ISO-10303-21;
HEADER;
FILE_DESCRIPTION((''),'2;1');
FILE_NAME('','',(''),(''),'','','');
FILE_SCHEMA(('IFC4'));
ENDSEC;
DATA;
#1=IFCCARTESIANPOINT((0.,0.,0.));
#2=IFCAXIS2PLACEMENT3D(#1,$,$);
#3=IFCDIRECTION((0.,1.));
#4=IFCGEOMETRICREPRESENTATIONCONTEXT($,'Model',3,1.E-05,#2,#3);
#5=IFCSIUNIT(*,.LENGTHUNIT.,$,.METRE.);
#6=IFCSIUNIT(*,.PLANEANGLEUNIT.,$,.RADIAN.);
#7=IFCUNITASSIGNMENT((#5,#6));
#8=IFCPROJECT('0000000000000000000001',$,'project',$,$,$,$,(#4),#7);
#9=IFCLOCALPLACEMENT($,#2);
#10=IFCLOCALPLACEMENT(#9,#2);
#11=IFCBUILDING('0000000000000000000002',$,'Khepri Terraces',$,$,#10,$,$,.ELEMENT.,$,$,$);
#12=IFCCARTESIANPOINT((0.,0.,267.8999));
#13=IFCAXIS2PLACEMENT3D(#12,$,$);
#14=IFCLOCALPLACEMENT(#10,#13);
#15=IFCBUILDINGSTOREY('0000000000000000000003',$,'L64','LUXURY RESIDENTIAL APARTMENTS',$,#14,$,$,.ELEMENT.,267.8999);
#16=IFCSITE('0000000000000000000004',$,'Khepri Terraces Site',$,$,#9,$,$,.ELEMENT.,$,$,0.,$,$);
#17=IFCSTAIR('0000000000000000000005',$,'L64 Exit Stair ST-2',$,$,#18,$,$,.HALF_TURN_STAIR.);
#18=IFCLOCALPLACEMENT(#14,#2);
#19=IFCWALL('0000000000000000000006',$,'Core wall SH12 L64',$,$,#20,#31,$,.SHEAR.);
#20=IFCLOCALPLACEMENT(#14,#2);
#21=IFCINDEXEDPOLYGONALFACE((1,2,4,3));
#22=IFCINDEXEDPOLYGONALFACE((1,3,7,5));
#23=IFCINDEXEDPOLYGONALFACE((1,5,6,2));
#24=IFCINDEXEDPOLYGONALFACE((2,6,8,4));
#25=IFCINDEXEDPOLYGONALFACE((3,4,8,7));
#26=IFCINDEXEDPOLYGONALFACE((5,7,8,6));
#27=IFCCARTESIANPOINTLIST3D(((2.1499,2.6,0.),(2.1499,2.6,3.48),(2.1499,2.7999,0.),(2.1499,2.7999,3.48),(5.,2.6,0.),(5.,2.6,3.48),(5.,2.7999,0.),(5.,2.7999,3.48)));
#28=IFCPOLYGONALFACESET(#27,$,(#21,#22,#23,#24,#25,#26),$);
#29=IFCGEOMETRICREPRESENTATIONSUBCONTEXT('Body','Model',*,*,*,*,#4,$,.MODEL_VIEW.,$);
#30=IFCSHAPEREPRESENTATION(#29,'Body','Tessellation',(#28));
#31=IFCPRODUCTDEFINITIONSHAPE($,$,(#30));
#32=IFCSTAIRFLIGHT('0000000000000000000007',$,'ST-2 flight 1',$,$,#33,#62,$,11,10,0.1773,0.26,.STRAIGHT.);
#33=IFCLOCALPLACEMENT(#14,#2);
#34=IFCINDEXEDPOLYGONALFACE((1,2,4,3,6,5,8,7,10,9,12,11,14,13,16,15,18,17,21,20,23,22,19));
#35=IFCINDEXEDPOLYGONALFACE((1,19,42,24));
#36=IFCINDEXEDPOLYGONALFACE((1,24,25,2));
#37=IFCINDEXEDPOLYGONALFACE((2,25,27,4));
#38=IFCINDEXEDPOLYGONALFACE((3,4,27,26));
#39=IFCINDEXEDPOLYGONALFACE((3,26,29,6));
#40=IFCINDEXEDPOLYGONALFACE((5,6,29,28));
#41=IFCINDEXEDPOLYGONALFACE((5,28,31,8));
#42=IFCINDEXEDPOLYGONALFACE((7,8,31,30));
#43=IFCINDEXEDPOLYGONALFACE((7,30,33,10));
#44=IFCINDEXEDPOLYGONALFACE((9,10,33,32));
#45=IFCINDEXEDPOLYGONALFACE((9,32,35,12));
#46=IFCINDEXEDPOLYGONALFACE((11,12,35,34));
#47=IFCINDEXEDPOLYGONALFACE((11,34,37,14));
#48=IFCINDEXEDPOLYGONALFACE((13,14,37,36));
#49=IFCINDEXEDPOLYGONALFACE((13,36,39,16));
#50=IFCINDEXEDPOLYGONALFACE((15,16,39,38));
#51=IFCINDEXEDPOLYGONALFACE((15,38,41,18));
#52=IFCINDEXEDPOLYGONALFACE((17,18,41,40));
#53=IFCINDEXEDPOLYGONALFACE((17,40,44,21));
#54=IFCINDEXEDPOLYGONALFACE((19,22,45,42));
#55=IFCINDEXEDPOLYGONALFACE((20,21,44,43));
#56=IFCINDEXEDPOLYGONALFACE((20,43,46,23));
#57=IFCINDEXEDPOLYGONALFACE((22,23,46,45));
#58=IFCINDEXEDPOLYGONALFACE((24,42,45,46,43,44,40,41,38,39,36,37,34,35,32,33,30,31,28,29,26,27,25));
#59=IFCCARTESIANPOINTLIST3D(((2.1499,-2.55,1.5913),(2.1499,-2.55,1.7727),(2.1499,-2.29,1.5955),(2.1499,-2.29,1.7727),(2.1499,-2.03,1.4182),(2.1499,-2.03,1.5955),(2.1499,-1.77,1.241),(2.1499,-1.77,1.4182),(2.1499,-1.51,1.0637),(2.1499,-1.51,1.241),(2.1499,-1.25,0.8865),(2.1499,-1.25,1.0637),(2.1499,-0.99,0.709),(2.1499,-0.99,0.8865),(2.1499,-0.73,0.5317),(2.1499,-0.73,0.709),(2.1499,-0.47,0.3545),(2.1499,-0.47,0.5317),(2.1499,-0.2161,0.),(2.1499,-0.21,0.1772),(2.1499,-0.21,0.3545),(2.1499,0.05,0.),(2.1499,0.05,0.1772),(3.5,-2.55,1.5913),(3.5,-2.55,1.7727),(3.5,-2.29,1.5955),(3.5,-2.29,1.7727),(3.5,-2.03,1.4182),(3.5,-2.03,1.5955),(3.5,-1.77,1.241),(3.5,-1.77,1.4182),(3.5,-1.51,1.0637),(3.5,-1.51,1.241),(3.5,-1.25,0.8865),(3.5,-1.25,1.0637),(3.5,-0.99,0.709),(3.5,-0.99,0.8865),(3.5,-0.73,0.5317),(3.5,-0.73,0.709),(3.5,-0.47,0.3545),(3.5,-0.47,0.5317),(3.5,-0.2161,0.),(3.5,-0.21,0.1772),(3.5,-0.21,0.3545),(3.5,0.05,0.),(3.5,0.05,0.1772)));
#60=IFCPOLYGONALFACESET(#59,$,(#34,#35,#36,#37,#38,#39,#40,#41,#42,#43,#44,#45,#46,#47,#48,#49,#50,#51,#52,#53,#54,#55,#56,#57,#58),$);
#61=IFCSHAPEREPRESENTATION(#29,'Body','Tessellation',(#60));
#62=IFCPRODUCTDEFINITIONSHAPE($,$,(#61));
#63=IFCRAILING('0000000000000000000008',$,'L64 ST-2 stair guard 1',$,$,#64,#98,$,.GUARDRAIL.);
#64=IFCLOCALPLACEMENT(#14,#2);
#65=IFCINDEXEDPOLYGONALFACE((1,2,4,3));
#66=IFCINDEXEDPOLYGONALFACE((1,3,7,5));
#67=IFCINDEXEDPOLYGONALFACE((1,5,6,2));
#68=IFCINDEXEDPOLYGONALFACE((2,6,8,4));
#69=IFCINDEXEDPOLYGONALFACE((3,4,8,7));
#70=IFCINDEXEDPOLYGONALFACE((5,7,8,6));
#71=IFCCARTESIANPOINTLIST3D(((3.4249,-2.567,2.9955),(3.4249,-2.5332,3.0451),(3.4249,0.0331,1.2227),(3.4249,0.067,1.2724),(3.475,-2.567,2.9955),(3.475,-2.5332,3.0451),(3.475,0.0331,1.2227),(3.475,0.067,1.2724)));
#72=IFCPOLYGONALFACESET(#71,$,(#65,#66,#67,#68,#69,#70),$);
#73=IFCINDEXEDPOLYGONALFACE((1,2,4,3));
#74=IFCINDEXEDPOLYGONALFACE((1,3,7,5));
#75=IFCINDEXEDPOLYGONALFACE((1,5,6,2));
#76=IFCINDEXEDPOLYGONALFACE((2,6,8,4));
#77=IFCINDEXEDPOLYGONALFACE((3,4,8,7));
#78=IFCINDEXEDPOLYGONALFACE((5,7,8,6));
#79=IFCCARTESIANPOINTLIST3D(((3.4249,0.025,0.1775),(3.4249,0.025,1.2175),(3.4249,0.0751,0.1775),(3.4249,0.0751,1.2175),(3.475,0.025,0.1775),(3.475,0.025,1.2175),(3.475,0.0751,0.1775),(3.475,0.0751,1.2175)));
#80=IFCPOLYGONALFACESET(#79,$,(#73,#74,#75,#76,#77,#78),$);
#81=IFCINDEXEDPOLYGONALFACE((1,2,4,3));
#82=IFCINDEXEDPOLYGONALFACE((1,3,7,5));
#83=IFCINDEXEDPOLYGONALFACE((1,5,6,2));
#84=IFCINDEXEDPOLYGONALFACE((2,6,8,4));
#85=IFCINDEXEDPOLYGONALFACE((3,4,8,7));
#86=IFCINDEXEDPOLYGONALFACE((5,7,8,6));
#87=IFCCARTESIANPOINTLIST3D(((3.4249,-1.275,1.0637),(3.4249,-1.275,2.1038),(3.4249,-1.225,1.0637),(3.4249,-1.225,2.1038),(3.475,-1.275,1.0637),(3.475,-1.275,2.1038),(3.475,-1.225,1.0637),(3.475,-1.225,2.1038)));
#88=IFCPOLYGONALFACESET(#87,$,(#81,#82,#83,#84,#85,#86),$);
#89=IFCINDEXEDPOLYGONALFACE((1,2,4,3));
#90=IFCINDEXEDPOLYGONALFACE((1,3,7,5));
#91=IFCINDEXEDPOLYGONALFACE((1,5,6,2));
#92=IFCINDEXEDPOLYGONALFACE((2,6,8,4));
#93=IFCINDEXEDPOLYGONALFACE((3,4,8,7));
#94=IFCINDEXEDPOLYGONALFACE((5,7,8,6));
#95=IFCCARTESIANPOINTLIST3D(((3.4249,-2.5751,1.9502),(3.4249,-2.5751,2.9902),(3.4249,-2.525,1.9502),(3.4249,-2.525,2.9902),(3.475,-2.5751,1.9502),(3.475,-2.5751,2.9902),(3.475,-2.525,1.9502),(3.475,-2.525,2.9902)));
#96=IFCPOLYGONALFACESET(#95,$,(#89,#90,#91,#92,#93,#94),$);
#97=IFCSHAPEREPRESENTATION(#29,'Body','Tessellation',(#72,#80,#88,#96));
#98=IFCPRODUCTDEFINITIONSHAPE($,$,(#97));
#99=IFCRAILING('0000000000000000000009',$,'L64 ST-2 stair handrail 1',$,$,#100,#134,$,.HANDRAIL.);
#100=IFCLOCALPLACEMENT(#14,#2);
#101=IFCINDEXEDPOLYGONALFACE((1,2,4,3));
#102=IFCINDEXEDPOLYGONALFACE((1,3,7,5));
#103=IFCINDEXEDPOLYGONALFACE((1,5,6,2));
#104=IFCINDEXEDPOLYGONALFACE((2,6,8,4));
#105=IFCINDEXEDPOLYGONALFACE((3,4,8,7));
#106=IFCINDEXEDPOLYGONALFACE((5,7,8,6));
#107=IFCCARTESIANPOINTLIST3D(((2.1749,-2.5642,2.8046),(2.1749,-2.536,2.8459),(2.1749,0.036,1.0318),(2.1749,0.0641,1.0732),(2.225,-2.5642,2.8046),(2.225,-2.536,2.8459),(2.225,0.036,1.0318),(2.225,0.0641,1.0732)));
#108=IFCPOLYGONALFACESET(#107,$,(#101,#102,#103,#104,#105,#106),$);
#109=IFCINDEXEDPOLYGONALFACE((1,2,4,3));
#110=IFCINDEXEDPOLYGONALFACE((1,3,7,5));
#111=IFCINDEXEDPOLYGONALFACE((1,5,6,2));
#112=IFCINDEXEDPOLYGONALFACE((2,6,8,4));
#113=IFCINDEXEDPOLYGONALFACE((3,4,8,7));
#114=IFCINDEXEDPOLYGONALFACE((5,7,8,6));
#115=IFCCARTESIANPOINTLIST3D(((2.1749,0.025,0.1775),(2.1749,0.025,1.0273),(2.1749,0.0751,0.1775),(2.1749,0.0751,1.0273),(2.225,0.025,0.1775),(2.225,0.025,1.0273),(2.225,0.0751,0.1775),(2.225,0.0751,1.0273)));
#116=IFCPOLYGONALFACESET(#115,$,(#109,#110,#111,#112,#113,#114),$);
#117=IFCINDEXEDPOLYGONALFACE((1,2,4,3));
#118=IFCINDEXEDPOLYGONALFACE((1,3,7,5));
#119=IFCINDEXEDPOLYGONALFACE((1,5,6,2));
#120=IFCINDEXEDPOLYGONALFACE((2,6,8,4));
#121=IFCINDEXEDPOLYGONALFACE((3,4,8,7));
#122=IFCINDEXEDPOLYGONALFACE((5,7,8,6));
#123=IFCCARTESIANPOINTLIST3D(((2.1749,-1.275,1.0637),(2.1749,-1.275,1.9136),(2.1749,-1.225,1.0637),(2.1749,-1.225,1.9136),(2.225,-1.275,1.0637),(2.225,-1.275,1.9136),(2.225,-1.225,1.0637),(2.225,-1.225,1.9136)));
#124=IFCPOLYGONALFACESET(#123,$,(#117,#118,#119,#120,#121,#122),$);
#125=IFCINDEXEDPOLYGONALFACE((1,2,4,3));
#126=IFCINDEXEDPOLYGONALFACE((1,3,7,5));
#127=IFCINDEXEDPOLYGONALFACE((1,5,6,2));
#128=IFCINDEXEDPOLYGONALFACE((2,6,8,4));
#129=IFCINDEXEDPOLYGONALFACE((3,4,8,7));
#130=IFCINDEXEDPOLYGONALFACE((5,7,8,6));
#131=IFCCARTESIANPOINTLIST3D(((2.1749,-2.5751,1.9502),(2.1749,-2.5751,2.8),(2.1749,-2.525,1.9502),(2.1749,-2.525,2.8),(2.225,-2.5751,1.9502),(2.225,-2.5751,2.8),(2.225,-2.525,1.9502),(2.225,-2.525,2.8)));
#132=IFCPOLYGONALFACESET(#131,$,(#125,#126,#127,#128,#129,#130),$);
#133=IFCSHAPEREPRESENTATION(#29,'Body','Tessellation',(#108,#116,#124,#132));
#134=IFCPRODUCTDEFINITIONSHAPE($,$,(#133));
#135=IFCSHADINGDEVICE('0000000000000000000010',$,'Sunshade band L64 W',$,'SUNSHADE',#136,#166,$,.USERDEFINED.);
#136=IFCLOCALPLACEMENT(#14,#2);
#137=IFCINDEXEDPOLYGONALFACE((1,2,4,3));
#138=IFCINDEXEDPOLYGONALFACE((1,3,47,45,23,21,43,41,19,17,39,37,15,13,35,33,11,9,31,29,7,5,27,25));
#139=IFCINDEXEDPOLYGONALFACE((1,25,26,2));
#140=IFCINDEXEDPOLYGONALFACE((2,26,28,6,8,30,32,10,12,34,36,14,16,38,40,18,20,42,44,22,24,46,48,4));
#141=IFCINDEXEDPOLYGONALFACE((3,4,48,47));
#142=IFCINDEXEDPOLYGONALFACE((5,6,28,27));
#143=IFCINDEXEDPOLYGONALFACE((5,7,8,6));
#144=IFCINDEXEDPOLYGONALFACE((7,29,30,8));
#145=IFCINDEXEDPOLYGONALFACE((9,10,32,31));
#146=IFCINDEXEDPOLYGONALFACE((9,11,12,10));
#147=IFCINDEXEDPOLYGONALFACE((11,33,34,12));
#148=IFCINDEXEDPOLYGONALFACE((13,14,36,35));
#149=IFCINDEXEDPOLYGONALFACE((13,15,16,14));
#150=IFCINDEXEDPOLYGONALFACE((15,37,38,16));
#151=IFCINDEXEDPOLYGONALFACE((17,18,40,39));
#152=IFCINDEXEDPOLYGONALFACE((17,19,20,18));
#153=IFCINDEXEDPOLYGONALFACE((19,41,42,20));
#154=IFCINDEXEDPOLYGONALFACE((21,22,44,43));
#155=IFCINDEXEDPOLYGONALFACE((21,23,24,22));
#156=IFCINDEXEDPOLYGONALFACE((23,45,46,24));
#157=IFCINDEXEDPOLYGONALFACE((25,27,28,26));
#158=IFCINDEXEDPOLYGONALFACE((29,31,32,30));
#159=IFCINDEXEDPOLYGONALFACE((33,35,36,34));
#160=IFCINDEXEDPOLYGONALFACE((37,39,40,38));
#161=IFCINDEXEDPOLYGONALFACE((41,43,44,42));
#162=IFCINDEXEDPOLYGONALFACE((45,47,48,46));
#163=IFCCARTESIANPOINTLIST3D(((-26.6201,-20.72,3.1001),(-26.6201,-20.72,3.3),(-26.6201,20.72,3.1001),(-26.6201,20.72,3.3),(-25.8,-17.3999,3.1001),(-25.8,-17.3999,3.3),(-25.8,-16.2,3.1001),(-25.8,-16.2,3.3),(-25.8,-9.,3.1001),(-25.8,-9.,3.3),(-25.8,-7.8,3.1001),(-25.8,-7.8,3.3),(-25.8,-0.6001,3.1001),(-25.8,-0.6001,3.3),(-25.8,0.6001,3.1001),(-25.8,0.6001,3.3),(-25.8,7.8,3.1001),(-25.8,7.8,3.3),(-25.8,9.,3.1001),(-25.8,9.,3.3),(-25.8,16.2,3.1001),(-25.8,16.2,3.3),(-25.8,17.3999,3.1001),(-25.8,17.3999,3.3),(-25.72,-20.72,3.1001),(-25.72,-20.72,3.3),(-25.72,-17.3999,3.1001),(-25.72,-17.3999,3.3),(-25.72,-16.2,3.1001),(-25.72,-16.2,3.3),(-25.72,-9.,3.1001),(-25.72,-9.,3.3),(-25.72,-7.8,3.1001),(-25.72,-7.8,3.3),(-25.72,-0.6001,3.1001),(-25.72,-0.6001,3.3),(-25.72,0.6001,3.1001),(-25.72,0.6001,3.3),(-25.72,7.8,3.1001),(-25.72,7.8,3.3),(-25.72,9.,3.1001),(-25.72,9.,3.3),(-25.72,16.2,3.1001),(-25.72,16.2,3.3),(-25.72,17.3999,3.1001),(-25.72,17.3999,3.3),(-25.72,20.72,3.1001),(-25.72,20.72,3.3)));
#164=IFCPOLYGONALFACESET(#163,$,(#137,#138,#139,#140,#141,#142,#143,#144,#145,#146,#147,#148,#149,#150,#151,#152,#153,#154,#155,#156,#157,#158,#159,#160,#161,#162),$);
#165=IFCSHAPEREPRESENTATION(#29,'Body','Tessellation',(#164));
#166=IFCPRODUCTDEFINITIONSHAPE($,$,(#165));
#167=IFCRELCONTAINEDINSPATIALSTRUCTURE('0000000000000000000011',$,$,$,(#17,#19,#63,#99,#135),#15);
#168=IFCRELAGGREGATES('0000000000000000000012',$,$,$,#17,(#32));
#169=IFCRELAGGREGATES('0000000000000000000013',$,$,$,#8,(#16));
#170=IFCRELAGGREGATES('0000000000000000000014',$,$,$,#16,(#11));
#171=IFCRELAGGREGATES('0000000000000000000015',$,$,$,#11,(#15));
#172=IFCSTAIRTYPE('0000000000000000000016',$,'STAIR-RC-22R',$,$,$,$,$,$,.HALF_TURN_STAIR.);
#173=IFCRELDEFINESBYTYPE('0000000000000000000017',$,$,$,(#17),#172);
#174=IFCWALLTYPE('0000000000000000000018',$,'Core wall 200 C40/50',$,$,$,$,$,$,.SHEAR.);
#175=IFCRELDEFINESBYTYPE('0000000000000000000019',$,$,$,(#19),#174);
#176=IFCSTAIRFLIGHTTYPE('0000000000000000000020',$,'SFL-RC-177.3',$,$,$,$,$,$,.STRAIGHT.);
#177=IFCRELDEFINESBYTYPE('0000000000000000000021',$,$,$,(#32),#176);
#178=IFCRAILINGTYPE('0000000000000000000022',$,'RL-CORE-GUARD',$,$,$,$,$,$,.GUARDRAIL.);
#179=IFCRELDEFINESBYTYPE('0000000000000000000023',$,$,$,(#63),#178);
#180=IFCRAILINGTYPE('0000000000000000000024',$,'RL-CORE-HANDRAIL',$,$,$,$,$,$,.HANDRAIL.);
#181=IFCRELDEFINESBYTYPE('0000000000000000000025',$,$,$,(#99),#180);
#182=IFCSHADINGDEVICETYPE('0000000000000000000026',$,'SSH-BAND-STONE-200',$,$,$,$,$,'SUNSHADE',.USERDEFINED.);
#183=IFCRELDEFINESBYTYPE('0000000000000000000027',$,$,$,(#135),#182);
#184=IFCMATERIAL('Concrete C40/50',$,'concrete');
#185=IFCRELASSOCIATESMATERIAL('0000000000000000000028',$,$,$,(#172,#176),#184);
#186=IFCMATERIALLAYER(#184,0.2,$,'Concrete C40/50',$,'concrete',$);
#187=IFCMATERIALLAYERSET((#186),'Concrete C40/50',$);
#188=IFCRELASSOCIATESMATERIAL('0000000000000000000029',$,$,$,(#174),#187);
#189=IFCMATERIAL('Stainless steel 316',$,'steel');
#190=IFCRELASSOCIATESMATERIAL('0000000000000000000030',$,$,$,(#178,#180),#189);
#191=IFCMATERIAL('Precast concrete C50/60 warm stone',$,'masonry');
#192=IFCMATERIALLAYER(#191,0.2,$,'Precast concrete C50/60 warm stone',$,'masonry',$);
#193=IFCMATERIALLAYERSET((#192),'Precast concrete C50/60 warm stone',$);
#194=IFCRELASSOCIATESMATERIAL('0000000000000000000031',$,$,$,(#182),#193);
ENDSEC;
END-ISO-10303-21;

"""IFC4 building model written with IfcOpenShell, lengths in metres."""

from ifc_helpers import new_model, si_unit, direction, frame, frame_2d, origin, origin_2d, place, context, subcontext, project, spatial, polyline, rectangle, outline, extrude, material, layer, layer_set, type_object, element, aggregate, save


model = new_model("IFC4")

# Units and contexts
model_context = context("Model", 3, precision=1e-05, world=origin(), true_north=direction((0.0, 1.0)))
body_context = subcontext(model_context, "Body", "Model", "MODEL_VIEW")
ifc_project = project(units=[si_unit("LENGTHUNIT", "METRE"), si_unit("PLANEANGLEUNIT", "RADIAN")], contexts=[model_context])

# Site, building, storey
site_placement = place(None, origin())
site = spatial("IfcSite", under=ifc_project, at=site_placement, Name="Khepri Terraces Site", CompositionType="ELEMENT", RefElevation=0.0)
building_placement = place(site_placement, origin())
building = spatial("IfcBuilding", under=site, at=building_placement, Name="Khepri Terraces", CompositionType="ELEMENT")
storey_placement = place(building_placement, frame((0.0, 0.0, 267.8999)))
storey = spatial("IfcBuildingStorey", under=building, at=storey_placement, Name="L64", Description="LUXURY RESIDENTIAL APARTMENTS", CompositionType="ELEMENT", Elevation=267.8999)

# Stair
ifc_material_1 = material(Name="Concrete C40/50", Category="concrete")
stair_type = type_object("IfcStairType", Name="STAIR-RC-22R", PredefinedType="HALF_TURN_STAIR", material=ifc_material_1)
stair_1_placement = place(storey_placement, origin())
stair_1 = element("IfcStair", 1, at=stair_1_placement, inside=storey, type_object=stair_type, Name="L64 Exit Stair ST-2", PredefinedType="HALF_TURN_STAIR")

# Shared definitions
ifc_layer_1 = layer(ifc_material_1, 0.2, Name="Concrete C40/50", Category="concrete")
ifc_layer_set_1 = layer_set([ifc_layer_1], Name="Concrete C40/50")
wall_type = type_object("IfcWallType", Name="Core wall 200 C40/50", PredefinedType="SHEAR", material=ifc_layer_set_1)

# Wall
wall_1_placement = place(storey_placement, frame((2.1499, 2.7, 0.0), z_axis=(0.0, 0.0, 1.0), x_axis=(1.0, 0.0, 0.0)))
element("IfcWall", 2, at=wall_1_placement, inside=storey, type_object=wall_type, Name="Core wall SH12 L64", PredefinedType="SHEAR", context=body_context, shape_type="SweptSolid", body=[
    extrude(rectangle(XDim=2.8501, YDim=0.2, at=frame_2d((1.425, 0.0))), origin(), (0.0, 0.0, 1.0), 3.48),
])

# Stair flight
stair_flight_type = type_object("IfcStairFlightType", Name="SFL-RC-177.3", PredefinedType="STRAIGHT", material=ifc_material_1)
stair_flight_placement = place(storey_placement, frame((2.825, 0.05, 0.0), z_axis=(0.0, 0.0, 1.0), x_axis=(0.0, -1.0, 0.0)))
stair_flight = element("IfcStairFlight", 3, at=stair_flight_placement, type_object=stair_flight_type, Name="ST-2 flight 1", NumberOfRisers=11, NumberOfTreads=10, PredefinedType="STRAIGHT", RiserHeight=0.1773, TreadLength=0.26, context=body_context, shape_type="SweptSolid", body=[
    extrude(outline(polyline([(0.0, 0.0), (0.0, 0.1772), (0.26, 0.1772), (0.26, 0.3545), (0.52, 0.3545), (0.52, 0.5317), (0.78, 0.5317), (0.78, 0.709), (1.04, 0.709), (1.04, 0.8865), (1.3, 0.8865), (1.3, 1.0637), (1.5601, 1.0637), (1.5601, 1.241), (1.8201, 1.241), (1.8201, 1.4182), (2.0801, 1.4182), (2.0801, 1.5955), (2.3401, 1.5955), (2.3401, 1.7727), (2.6001, 1.7727), (2.6001, 1.95), (2.6001, 1.5913), (0.2661, 0.0), (0.0, 0.0)])), frame((0.0, 0.675, 0.0), z_axis=(0.0, -1.0, 0.0), x_axis=(1.0, 0.0, 0.0)), (0.0, 0.0, 1.0), 1.3501),
])
aggregate(stair_1, [stair_flight])

# Railings
ifc_material_2 = material(Name="Stainless steel 316", Category="steel")
railing_type_1 = type_object("IfcRailingType", Name="RL-CORE-GUARD", PredefinedType="GUARDRAIL", material=ifc_material_2)
railing_1_placement = place(storey_placement, frame((3.45, 0.05, 0.1775)))
element("IfcRailing", 4, at=railing_1_placement, inside=storey, type_object=railing_type_1, Name="L64 ST-2 stair guard 1", PredefinedType="GUARDRAIL", context=body_context, shape_type="SweptSolid", body=[
    extrude(rectangle(XDim=0.05, YDim=0.0601, at=origin_2d()), frame((0.0, 0.0, 1.0701), z_axis=(0.0, -0.82624, 0.563318), x_axis=(1.0, 0.0, 0.0)), (0.0, 0.0, 1.0), 3.147),
    extrude(rectangle(XDim=0.05, YDim=0.05, at=origin_2d()), origin(), (0.0, 0.0, 1.0), 1.04),
    extrude(rectangle(XDim=0.05, YDim=0.05, at=origin_2d()), frame((0.0, -1.3, 0.8862)), (0.0, 0.0, 1.0), 1.04),
    extrude(rectangle(XDim=0.05, YDim=0.05, at=origin_2d()), frame((0.0, -2.6001, 1.7727)), (0.0, 0.0, 1.0), 1.04),
])
railing_type_2 = type_object("IfcRailingType", Name="RL-CORE-HANDRAIL", PredefinedType="HANDRAIL", material=ifc_material_2)
railing_2_placement = place(storey_placement, frame((2.2, 0.05, 0.1775)))
element("IfcRailing", 5, at=railing_2_placement, inside=storey, type_object=railing_type_2, Name="L64 ST-2 stair handrail 1", PredefinedType="HANDRAIL", context=body_context, shape_type="SweptSolid", body=[
    extrude(rectangle(XDim=0.05, YDim=0.05, at=origin_2d()), frame((0.0, 0.0, 0.875), z_axis=(0.0, -0.82624, 0.563318), x_axis=(1.0, 0.0, 0.0)), (0.0, 0.0, 1.0), 3.147),
    extrude(rectangle(XDim=0.05, YDim=0.05, at=origin_2d()), origin(), (0.0, 0.0, 1.0), 0.8499),
    extrude(rectangle(XDim=0.05, YDim=0.05, at=origin_2d()), frame((0.0, -1.3, 0.8862)), (0.0, 0.0, 1.0), 0.8499),
    extrude(rectangle(XDim=0.05, YDim=0.05, at=origin_2d()), frame((0.0, -2.6001, 1.7727)), (0.0, 0.0, 1.0), 0.8499),
])

# Shading device
ifc_material_3 = material(Name="Precast concrete C50/60 warm stone", Category="masonry")
ifc_layer_2 = layer(ifc_material_3, 0.2, Name="Precast concrete C50/60 warm stone", Category="masonry")
ifc_layer_set_2 = layer_set([ifc_layer_2], Name="Precast concrete C50/60 warm stone")
shading_device_type_1 = type_object("IfcShadingDeviceType", Name="SSH-BAND-STONE-200", ElementType="SUNSHADE", PredefinedType="USERDEFINED", material=ifc_layer_set_2)
shading_device_1_placement = place(storey_placement, frame((0.0, 0.0, 3.1001)))
element("IfcShadingDevice", 6, at=shading_device_1_placement, inside=storey, type_object=shading_device_type_1, Name="Sunshade band L64 W", ObjectType="SUNSHADE", PredefinedType="USERDEFINED", context=body_context, shape_type="SweptSolid", body=[
    extrude(outline(polyline([(-25.72, 17.3999), (-25.72, 20.72), (-26.6201, 20.72), (-26.6201, -20.72), (-25.72, -20.72), (-25.72, -17.3999), (-25.8, -17.3999), (-25.8, -16.2), (-25.72, -16.2), (-25.72, -9.0), (-25.8, -9.0), (-25.8, -7.8), (-25.72, -7.8), (-25.72, -0.6001), (-25.8, -0.6001), (-25.8, 0.6001), (-25.72, 0.6001), (-25.72, 7.8), (-25.8, 7.8), (-25.8, 9.0), (-25.72, 9.0), (-25.72, 16.2), (-25.8, 16.2), (-25.8, 17.3999), (-25.72, 17.3999)])), origin(), (0.0, 0.0, 1.0), 0.2),
])

save(model, "model.ifc")
